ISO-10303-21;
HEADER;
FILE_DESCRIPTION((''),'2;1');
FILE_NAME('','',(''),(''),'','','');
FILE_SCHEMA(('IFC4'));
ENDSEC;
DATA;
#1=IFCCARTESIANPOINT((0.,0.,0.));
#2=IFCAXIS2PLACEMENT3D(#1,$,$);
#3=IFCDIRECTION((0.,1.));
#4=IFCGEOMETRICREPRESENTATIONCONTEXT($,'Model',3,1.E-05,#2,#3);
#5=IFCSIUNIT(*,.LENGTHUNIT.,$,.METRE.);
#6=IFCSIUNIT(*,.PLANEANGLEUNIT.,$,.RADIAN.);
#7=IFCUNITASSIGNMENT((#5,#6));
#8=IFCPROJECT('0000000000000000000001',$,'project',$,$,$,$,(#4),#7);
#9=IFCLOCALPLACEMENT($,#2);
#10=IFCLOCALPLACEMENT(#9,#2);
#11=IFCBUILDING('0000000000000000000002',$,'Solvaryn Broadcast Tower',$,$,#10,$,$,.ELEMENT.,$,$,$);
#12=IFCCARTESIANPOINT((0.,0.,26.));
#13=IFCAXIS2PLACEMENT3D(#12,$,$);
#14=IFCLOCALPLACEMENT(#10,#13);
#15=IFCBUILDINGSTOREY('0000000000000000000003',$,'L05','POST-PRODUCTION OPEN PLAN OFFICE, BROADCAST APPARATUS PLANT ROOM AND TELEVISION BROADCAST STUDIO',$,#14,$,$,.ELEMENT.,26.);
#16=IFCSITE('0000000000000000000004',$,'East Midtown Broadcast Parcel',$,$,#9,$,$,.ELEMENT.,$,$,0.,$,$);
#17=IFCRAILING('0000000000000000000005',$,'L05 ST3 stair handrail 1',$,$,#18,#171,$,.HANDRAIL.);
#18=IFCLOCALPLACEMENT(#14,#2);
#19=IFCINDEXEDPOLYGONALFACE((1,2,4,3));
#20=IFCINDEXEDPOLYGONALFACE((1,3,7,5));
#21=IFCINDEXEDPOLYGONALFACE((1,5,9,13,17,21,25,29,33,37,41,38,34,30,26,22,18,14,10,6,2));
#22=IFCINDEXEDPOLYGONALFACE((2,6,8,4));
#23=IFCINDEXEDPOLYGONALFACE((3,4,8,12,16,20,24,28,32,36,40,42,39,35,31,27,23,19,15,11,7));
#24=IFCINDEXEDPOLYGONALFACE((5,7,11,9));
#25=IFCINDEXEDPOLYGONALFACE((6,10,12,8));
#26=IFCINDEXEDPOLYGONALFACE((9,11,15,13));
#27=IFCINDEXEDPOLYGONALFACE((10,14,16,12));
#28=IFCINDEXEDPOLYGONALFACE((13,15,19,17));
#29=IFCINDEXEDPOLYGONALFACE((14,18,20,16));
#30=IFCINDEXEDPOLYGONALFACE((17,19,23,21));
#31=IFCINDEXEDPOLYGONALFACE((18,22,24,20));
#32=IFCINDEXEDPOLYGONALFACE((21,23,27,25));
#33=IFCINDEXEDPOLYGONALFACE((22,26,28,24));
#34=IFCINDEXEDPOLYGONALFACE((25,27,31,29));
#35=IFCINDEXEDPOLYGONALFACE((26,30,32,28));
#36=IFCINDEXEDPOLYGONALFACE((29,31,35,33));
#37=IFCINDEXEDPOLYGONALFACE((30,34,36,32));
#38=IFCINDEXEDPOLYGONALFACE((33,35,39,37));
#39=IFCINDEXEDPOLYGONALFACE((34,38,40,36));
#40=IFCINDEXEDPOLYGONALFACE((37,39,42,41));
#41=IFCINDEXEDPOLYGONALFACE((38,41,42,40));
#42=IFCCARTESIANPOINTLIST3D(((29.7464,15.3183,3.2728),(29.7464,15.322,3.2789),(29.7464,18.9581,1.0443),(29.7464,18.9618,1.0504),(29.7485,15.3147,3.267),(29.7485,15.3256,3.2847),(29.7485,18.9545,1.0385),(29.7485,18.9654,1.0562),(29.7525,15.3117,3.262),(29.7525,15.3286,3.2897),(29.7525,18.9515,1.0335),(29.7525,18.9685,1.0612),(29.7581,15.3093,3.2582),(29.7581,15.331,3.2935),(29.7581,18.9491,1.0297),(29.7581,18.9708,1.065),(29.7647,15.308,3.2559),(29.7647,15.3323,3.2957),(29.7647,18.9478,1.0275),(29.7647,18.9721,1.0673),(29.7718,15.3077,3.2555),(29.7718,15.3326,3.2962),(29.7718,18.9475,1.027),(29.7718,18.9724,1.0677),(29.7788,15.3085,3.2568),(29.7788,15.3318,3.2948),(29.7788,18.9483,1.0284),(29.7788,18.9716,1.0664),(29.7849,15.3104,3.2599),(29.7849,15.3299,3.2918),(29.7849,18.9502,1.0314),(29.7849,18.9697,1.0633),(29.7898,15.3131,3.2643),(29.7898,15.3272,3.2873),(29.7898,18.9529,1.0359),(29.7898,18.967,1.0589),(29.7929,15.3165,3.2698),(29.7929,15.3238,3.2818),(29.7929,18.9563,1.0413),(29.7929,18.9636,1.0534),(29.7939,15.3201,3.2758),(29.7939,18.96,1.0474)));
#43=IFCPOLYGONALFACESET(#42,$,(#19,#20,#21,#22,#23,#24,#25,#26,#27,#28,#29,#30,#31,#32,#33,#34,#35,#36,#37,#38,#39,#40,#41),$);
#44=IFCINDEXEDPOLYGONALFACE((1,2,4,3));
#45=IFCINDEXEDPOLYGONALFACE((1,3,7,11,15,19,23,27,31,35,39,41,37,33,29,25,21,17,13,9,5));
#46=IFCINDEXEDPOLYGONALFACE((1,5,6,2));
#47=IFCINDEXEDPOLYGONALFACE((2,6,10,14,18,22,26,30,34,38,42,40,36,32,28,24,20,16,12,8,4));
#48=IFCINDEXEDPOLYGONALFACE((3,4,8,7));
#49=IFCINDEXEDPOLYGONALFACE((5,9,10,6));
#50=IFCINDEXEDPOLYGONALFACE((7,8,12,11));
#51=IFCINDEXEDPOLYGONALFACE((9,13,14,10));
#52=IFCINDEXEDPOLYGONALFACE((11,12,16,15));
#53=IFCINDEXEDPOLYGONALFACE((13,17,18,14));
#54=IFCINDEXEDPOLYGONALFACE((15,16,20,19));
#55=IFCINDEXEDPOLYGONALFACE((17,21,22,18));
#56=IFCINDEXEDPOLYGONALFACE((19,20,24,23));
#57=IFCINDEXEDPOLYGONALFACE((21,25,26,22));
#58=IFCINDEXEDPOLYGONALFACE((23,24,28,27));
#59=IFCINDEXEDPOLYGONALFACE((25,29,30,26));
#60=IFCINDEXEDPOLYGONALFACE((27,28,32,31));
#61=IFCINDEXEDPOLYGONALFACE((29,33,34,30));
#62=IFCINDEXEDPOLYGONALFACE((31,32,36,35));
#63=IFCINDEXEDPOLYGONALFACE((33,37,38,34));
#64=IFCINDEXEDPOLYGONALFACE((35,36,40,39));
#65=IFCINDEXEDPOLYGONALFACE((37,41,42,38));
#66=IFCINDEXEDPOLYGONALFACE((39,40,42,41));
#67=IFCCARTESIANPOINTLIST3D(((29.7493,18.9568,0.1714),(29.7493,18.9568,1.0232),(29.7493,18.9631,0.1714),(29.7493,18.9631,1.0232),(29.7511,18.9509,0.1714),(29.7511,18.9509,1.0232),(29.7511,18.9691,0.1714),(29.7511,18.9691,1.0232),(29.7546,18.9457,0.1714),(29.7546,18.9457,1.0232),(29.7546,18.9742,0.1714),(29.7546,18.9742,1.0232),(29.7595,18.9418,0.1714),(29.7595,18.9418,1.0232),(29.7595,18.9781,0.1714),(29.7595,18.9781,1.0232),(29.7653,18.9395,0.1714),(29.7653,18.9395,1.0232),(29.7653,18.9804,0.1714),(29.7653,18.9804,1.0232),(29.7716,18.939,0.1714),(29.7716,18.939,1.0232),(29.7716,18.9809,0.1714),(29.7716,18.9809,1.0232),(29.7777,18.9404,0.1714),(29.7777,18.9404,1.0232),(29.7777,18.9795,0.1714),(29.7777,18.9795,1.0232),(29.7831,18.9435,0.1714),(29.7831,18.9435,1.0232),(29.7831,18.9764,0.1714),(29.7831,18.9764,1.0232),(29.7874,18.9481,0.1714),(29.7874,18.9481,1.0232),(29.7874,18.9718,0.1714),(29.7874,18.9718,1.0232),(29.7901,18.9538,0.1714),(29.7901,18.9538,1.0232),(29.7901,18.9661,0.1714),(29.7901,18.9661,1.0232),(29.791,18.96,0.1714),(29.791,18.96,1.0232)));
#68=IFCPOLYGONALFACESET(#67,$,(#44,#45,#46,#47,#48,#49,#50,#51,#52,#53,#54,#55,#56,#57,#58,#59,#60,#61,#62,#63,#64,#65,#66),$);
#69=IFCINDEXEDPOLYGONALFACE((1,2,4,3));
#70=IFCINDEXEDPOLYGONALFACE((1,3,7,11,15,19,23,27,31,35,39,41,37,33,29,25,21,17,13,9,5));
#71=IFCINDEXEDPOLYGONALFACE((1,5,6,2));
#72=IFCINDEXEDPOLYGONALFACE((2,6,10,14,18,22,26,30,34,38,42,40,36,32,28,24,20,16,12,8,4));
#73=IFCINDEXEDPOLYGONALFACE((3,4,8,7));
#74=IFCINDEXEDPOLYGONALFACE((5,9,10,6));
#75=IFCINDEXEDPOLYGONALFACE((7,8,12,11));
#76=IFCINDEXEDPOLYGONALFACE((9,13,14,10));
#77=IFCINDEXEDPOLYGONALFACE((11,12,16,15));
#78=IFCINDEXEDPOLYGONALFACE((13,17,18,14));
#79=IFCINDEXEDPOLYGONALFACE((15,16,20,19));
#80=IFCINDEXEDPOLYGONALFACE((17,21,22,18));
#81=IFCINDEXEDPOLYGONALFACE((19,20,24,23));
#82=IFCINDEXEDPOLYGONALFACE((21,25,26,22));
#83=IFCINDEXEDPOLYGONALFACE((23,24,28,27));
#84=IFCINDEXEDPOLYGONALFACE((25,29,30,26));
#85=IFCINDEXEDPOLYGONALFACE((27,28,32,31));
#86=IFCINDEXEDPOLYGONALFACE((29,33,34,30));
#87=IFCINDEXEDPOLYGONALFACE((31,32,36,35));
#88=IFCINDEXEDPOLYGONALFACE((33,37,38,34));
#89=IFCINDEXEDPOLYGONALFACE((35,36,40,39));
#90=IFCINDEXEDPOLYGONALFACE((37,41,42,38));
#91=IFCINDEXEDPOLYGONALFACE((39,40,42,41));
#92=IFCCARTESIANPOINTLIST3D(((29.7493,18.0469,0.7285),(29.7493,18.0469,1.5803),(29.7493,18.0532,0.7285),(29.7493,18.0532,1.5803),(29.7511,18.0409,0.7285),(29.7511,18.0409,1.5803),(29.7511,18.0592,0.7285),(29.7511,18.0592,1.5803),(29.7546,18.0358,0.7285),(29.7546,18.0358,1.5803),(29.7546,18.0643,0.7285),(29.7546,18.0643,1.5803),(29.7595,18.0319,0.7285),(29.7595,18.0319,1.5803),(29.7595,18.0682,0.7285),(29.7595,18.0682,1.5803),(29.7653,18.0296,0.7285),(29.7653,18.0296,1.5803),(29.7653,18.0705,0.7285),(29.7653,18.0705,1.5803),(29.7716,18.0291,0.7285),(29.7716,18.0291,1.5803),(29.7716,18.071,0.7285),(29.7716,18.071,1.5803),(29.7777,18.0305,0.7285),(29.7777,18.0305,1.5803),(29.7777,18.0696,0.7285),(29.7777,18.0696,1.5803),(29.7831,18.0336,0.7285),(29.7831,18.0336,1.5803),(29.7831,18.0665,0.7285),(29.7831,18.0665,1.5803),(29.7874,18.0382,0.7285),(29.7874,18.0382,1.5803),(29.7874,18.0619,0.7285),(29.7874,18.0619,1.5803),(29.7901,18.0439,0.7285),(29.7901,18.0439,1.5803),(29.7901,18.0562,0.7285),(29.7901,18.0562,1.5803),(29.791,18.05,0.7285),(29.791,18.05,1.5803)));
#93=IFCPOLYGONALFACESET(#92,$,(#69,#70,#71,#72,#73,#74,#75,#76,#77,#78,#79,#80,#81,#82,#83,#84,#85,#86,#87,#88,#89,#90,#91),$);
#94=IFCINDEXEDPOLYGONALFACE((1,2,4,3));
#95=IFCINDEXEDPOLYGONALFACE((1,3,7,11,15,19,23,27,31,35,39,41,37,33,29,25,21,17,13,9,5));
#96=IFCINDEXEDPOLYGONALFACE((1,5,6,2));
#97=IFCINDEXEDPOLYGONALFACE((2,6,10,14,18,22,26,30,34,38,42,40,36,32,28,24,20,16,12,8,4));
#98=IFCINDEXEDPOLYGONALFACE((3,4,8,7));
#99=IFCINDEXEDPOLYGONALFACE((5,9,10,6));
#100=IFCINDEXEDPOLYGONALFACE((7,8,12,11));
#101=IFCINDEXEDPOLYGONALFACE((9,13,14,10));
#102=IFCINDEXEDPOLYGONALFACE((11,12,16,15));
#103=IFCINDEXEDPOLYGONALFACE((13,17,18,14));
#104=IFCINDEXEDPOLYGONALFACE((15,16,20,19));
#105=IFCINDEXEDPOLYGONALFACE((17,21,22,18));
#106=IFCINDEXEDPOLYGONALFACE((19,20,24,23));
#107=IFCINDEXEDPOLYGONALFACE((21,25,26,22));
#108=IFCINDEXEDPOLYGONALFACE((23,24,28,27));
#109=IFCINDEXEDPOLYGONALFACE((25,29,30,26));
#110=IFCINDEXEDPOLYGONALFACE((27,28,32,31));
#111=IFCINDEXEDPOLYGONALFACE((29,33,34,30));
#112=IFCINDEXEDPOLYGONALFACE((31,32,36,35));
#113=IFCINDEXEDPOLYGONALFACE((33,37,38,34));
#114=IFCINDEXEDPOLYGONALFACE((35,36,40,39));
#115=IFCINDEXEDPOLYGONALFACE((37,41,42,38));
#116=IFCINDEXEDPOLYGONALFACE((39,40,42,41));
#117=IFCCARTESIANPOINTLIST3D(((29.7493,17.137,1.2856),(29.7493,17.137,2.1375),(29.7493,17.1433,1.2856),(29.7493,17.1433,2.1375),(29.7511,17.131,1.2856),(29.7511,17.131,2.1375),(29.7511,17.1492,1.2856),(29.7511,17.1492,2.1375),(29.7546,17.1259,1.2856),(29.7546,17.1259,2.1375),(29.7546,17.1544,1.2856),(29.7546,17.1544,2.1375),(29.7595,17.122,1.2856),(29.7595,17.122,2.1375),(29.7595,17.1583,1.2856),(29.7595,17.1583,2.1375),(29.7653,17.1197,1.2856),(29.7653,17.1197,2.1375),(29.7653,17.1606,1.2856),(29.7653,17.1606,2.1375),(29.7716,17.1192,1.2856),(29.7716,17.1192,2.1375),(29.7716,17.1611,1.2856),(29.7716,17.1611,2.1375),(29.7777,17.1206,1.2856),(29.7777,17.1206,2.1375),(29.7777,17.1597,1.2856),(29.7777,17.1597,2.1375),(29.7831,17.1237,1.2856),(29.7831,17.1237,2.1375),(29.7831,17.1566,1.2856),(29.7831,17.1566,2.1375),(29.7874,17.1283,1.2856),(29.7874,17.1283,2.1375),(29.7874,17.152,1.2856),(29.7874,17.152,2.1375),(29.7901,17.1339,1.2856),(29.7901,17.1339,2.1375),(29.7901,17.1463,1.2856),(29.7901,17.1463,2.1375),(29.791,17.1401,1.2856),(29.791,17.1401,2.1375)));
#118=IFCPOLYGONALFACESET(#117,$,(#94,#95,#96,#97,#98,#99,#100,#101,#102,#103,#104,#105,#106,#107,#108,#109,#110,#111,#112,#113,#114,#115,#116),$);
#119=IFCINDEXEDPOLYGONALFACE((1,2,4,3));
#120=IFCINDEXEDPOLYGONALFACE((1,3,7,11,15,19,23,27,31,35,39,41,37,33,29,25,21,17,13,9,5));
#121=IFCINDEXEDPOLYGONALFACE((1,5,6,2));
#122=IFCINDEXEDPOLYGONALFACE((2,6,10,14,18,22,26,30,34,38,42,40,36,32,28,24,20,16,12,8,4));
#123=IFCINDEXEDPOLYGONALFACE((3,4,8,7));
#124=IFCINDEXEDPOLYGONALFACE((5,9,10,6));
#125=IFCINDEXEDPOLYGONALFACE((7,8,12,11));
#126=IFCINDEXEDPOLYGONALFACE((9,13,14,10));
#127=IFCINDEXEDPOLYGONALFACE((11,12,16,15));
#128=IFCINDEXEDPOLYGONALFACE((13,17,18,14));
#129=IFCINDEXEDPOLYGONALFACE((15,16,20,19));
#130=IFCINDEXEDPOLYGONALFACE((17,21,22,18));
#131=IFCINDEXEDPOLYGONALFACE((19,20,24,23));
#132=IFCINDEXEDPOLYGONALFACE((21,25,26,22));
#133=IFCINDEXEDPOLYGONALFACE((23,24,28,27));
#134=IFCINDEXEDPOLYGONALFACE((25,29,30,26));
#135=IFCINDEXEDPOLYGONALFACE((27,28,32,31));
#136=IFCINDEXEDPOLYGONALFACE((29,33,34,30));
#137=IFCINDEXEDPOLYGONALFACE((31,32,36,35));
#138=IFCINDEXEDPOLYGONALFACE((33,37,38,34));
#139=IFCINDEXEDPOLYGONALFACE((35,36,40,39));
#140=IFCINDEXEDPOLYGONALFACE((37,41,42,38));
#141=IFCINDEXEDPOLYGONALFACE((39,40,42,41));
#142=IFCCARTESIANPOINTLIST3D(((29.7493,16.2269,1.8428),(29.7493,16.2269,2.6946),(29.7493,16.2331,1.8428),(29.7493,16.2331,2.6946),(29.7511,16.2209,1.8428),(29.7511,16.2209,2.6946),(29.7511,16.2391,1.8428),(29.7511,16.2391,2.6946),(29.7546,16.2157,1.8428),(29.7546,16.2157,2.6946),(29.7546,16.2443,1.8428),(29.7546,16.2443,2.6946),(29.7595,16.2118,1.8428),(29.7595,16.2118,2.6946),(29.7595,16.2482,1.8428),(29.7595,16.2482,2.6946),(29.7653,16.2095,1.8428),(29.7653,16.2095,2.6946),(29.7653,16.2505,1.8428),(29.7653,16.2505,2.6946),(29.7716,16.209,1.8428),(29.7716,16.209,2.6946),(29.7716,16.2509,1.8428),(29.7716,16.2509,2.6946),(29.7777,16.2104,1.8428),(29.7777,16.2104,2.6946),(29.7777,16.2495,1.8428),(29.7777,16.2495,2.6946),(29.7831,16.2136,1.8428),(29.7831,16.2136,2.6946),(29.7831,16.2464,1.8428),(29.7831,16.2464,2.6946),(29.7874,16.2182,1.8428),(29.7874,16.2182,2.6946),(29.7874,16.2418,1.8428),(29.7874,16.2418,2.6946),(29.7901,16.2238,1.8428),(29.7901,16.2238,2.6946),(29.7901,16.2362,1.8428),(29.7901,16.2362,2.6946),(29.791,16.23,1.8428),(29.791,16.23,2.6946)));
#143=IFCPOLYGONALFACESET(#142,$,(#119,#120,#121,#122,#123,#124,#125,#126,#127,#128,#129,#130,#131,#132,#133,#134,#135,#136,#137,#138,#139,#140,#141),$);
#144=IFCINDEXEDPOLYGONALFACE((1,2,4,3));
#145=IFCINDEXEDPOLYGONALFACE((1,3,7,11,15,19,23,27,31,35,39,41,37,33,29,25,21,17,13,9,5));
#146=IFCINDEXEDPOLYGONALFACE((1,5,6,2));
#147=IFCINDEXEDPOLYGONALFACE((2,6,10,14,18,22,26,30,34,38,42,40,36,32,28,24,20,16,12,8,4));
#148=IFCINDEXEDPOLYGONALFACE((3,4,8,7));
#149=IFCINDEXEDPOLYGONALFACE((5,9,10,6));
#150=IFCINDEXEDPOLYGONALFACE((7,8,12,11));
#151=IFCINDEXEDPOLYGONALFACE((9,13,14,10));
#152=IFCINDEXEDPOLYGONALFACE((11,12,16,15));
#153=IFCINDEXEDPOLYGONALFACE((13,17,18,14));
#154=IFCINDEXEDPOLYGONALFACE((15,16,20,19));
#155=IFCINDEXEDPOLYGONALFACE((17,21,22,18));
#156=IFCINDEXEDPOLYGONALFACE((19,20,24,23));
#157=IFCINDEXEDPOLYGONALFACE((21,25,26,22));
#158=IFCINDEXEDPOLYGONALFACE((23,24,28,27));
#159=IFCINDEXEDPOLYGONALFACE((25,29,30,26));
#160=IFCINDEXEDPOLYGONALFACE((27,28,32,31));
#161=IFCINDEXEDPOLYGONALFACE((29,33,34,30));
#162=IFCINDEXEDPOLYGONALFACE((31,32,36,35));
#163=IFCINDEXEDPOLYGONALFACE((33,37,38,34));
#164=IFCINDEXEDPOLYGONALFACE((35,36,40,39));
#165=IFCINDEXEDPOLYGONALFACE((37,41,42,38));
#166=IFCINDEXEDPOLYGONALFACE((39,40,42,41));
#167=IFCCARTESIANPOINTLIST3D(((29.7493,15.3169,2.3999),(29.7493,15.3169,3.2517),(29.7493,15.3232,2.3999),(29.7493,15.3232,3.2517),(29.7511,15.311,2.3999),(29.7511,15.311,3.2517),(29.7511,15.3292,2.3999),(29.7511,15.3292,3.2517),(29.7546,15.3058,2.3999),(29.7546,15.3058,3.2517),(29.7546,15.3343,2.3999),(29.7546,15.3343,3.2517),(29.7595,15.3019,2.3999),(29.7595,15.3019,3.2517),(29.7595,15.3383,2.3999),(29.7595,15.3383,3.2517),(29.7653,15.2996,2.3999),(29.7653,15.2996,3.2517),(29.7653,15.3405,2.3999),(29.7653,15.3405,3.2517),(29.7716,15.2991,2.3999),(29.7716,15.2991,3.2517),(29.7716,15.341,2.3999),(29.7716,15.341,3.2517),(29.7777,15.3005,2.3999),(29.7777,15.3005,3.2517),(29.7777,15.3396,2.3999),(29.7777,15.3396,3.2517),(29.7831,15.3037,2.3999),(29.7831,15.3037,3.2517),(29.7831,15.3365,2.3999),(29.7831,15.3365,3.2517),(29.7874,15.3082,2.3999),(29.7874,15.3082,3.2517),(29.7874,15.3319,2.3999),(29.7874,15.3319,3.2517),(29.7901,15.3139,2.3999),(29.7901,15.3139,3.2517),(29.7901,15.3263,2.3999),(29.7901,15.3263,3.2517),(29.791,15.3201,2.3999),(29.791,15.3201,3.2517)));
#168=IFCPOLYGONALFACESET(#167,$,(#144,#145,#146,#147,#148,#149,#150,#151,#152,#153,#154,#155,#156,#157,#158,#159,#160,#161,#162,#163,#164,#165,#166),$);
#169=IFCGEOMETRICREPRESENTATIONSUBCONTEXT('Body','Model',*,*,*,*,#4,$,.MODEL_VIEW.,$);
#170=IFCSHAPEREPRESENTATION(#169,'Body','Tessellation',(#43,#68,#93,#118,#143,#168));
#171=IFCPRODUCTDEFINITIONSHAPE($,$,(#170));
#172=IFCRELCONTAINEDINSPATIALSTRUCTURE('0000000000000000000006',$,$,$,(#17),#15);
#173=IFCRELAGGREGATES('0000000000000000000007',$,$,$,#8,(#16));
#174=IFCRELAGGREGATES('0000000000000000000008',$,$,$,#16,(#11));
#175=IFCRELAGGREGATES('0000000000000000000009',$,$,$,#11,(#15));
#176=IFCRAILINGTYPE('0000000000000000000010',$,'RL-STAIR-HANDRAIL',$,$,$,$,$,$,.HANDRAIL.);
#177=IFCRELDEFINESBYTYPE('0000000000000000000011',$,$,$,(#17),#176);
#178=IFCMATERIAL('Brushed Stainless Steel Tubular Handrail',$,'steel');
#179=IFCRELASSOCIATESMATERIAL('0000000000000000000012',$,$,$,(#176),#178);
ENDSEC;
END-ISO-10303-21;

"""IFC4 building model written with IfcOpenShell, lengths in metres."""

from ifc_helpers import new_model, si_unit, direction, frame, origin, origin_2d, place, context, subcontext, project, spatial, circle, extrude, material, type_object, element, save


model = new_model("IFC4")

# Units and contexts
model_context = context("Model", 3, precision=1e-05, world=origin(), true_north=direction((0.0, 1.0)))
body_context = subcontext(model_context, "Body", "Model", "MODEL_VIEW")
ifc_project = project(units=[si_unit("LENGTHUNIT", "METRE"), si_unit("PLANEANGLEUNIT", "RADIAN")], contexts=[model_context])

# Site, building, storey
site_placement = place(None, origin())
site = spatial("IfcSite", under=ifc_project, at=site_placement, Name="East Midtown Broadcast Parcel", CompositionType="ELEMENT", RefElevation=0.0)
building_placement = place(site_placement, origin())
building = spatial("IfcBuilding", under=site, at=building_placement, Name="Solvaryn Broadcast Tower", CompositionType="ELEMENT")
storey_placement = place(building_placement, frame((0.0, 0.0, 26.0)))
storey = spatial("IfcBuildingStorey", under=building, at=storey_placement, Name="L05", Description="POST-PRODUCTION OPEN PLAN OFFICE, BROADCAST APPARATUS PLANT ROOM AND TELEVISION BROADCAST STUDIO", CompositionType="ELEMENT", Elevation=26.0)

# Railing
ifc_material_1 = material(Name="Brushed Stainless Steel Tubular Handrail", Category="steel")
railing_type_1 = type_object("IfcRailingType", Name="RL-STAIR-HANDRAIL", PredefinedType="HANDRAIL", material=ifc_material_1)
railing_1_placement = place(storey_placement, frame((29.77, 18.96, 0.1714)))
element("IfcRailing", 1, at=railing_1_placement, inside=storey, type_object=railing_type_1, Name="L05 ST3 stair handrail 1", PredefinedType="HANDRAIL", context=body_context, shape_type="SweptSolid", body=[
    extrude(circle(Radius=0.0239, at=origin_2d()), frame((0.0, 0.0, 0.876), z_axis=(0.0, -0.85285, 0.522156), x_axis=(1.0, 0.0, 0.0)), (0.0, 0.0, 1.0), 4.2678),
    extrude(circle(Radius=0.021, at=origin_2d()), origin(), (0.0, 0.0, 1.0), 0.8518),
    extrude(circle(Radius=0.021, at=origin_2d()), frame((0.0, -0.9099, 0.5571)), (0.0, 0.0, 1.0), 0.8518),
    extrude(circle(Radius=0.021, at=origin_2d()), frame((0.0, -1.8198, 1.1143)), (0.0, 0.0, 1.0), 0.8518),
    extrude(circle(Radius=0.021, at=origin_2d()), frame((0.0, -2.73, 1.6714)), (0.0, 0.0, 1.0), 0.8518),
    extrude(circle(Radius=0.021, at=origin_2d()), frame((0.0, -3.6399, 2.2285)), (0.0, 0.0, 1.0), 0.8518),
])

save(model, "model.ifc")
